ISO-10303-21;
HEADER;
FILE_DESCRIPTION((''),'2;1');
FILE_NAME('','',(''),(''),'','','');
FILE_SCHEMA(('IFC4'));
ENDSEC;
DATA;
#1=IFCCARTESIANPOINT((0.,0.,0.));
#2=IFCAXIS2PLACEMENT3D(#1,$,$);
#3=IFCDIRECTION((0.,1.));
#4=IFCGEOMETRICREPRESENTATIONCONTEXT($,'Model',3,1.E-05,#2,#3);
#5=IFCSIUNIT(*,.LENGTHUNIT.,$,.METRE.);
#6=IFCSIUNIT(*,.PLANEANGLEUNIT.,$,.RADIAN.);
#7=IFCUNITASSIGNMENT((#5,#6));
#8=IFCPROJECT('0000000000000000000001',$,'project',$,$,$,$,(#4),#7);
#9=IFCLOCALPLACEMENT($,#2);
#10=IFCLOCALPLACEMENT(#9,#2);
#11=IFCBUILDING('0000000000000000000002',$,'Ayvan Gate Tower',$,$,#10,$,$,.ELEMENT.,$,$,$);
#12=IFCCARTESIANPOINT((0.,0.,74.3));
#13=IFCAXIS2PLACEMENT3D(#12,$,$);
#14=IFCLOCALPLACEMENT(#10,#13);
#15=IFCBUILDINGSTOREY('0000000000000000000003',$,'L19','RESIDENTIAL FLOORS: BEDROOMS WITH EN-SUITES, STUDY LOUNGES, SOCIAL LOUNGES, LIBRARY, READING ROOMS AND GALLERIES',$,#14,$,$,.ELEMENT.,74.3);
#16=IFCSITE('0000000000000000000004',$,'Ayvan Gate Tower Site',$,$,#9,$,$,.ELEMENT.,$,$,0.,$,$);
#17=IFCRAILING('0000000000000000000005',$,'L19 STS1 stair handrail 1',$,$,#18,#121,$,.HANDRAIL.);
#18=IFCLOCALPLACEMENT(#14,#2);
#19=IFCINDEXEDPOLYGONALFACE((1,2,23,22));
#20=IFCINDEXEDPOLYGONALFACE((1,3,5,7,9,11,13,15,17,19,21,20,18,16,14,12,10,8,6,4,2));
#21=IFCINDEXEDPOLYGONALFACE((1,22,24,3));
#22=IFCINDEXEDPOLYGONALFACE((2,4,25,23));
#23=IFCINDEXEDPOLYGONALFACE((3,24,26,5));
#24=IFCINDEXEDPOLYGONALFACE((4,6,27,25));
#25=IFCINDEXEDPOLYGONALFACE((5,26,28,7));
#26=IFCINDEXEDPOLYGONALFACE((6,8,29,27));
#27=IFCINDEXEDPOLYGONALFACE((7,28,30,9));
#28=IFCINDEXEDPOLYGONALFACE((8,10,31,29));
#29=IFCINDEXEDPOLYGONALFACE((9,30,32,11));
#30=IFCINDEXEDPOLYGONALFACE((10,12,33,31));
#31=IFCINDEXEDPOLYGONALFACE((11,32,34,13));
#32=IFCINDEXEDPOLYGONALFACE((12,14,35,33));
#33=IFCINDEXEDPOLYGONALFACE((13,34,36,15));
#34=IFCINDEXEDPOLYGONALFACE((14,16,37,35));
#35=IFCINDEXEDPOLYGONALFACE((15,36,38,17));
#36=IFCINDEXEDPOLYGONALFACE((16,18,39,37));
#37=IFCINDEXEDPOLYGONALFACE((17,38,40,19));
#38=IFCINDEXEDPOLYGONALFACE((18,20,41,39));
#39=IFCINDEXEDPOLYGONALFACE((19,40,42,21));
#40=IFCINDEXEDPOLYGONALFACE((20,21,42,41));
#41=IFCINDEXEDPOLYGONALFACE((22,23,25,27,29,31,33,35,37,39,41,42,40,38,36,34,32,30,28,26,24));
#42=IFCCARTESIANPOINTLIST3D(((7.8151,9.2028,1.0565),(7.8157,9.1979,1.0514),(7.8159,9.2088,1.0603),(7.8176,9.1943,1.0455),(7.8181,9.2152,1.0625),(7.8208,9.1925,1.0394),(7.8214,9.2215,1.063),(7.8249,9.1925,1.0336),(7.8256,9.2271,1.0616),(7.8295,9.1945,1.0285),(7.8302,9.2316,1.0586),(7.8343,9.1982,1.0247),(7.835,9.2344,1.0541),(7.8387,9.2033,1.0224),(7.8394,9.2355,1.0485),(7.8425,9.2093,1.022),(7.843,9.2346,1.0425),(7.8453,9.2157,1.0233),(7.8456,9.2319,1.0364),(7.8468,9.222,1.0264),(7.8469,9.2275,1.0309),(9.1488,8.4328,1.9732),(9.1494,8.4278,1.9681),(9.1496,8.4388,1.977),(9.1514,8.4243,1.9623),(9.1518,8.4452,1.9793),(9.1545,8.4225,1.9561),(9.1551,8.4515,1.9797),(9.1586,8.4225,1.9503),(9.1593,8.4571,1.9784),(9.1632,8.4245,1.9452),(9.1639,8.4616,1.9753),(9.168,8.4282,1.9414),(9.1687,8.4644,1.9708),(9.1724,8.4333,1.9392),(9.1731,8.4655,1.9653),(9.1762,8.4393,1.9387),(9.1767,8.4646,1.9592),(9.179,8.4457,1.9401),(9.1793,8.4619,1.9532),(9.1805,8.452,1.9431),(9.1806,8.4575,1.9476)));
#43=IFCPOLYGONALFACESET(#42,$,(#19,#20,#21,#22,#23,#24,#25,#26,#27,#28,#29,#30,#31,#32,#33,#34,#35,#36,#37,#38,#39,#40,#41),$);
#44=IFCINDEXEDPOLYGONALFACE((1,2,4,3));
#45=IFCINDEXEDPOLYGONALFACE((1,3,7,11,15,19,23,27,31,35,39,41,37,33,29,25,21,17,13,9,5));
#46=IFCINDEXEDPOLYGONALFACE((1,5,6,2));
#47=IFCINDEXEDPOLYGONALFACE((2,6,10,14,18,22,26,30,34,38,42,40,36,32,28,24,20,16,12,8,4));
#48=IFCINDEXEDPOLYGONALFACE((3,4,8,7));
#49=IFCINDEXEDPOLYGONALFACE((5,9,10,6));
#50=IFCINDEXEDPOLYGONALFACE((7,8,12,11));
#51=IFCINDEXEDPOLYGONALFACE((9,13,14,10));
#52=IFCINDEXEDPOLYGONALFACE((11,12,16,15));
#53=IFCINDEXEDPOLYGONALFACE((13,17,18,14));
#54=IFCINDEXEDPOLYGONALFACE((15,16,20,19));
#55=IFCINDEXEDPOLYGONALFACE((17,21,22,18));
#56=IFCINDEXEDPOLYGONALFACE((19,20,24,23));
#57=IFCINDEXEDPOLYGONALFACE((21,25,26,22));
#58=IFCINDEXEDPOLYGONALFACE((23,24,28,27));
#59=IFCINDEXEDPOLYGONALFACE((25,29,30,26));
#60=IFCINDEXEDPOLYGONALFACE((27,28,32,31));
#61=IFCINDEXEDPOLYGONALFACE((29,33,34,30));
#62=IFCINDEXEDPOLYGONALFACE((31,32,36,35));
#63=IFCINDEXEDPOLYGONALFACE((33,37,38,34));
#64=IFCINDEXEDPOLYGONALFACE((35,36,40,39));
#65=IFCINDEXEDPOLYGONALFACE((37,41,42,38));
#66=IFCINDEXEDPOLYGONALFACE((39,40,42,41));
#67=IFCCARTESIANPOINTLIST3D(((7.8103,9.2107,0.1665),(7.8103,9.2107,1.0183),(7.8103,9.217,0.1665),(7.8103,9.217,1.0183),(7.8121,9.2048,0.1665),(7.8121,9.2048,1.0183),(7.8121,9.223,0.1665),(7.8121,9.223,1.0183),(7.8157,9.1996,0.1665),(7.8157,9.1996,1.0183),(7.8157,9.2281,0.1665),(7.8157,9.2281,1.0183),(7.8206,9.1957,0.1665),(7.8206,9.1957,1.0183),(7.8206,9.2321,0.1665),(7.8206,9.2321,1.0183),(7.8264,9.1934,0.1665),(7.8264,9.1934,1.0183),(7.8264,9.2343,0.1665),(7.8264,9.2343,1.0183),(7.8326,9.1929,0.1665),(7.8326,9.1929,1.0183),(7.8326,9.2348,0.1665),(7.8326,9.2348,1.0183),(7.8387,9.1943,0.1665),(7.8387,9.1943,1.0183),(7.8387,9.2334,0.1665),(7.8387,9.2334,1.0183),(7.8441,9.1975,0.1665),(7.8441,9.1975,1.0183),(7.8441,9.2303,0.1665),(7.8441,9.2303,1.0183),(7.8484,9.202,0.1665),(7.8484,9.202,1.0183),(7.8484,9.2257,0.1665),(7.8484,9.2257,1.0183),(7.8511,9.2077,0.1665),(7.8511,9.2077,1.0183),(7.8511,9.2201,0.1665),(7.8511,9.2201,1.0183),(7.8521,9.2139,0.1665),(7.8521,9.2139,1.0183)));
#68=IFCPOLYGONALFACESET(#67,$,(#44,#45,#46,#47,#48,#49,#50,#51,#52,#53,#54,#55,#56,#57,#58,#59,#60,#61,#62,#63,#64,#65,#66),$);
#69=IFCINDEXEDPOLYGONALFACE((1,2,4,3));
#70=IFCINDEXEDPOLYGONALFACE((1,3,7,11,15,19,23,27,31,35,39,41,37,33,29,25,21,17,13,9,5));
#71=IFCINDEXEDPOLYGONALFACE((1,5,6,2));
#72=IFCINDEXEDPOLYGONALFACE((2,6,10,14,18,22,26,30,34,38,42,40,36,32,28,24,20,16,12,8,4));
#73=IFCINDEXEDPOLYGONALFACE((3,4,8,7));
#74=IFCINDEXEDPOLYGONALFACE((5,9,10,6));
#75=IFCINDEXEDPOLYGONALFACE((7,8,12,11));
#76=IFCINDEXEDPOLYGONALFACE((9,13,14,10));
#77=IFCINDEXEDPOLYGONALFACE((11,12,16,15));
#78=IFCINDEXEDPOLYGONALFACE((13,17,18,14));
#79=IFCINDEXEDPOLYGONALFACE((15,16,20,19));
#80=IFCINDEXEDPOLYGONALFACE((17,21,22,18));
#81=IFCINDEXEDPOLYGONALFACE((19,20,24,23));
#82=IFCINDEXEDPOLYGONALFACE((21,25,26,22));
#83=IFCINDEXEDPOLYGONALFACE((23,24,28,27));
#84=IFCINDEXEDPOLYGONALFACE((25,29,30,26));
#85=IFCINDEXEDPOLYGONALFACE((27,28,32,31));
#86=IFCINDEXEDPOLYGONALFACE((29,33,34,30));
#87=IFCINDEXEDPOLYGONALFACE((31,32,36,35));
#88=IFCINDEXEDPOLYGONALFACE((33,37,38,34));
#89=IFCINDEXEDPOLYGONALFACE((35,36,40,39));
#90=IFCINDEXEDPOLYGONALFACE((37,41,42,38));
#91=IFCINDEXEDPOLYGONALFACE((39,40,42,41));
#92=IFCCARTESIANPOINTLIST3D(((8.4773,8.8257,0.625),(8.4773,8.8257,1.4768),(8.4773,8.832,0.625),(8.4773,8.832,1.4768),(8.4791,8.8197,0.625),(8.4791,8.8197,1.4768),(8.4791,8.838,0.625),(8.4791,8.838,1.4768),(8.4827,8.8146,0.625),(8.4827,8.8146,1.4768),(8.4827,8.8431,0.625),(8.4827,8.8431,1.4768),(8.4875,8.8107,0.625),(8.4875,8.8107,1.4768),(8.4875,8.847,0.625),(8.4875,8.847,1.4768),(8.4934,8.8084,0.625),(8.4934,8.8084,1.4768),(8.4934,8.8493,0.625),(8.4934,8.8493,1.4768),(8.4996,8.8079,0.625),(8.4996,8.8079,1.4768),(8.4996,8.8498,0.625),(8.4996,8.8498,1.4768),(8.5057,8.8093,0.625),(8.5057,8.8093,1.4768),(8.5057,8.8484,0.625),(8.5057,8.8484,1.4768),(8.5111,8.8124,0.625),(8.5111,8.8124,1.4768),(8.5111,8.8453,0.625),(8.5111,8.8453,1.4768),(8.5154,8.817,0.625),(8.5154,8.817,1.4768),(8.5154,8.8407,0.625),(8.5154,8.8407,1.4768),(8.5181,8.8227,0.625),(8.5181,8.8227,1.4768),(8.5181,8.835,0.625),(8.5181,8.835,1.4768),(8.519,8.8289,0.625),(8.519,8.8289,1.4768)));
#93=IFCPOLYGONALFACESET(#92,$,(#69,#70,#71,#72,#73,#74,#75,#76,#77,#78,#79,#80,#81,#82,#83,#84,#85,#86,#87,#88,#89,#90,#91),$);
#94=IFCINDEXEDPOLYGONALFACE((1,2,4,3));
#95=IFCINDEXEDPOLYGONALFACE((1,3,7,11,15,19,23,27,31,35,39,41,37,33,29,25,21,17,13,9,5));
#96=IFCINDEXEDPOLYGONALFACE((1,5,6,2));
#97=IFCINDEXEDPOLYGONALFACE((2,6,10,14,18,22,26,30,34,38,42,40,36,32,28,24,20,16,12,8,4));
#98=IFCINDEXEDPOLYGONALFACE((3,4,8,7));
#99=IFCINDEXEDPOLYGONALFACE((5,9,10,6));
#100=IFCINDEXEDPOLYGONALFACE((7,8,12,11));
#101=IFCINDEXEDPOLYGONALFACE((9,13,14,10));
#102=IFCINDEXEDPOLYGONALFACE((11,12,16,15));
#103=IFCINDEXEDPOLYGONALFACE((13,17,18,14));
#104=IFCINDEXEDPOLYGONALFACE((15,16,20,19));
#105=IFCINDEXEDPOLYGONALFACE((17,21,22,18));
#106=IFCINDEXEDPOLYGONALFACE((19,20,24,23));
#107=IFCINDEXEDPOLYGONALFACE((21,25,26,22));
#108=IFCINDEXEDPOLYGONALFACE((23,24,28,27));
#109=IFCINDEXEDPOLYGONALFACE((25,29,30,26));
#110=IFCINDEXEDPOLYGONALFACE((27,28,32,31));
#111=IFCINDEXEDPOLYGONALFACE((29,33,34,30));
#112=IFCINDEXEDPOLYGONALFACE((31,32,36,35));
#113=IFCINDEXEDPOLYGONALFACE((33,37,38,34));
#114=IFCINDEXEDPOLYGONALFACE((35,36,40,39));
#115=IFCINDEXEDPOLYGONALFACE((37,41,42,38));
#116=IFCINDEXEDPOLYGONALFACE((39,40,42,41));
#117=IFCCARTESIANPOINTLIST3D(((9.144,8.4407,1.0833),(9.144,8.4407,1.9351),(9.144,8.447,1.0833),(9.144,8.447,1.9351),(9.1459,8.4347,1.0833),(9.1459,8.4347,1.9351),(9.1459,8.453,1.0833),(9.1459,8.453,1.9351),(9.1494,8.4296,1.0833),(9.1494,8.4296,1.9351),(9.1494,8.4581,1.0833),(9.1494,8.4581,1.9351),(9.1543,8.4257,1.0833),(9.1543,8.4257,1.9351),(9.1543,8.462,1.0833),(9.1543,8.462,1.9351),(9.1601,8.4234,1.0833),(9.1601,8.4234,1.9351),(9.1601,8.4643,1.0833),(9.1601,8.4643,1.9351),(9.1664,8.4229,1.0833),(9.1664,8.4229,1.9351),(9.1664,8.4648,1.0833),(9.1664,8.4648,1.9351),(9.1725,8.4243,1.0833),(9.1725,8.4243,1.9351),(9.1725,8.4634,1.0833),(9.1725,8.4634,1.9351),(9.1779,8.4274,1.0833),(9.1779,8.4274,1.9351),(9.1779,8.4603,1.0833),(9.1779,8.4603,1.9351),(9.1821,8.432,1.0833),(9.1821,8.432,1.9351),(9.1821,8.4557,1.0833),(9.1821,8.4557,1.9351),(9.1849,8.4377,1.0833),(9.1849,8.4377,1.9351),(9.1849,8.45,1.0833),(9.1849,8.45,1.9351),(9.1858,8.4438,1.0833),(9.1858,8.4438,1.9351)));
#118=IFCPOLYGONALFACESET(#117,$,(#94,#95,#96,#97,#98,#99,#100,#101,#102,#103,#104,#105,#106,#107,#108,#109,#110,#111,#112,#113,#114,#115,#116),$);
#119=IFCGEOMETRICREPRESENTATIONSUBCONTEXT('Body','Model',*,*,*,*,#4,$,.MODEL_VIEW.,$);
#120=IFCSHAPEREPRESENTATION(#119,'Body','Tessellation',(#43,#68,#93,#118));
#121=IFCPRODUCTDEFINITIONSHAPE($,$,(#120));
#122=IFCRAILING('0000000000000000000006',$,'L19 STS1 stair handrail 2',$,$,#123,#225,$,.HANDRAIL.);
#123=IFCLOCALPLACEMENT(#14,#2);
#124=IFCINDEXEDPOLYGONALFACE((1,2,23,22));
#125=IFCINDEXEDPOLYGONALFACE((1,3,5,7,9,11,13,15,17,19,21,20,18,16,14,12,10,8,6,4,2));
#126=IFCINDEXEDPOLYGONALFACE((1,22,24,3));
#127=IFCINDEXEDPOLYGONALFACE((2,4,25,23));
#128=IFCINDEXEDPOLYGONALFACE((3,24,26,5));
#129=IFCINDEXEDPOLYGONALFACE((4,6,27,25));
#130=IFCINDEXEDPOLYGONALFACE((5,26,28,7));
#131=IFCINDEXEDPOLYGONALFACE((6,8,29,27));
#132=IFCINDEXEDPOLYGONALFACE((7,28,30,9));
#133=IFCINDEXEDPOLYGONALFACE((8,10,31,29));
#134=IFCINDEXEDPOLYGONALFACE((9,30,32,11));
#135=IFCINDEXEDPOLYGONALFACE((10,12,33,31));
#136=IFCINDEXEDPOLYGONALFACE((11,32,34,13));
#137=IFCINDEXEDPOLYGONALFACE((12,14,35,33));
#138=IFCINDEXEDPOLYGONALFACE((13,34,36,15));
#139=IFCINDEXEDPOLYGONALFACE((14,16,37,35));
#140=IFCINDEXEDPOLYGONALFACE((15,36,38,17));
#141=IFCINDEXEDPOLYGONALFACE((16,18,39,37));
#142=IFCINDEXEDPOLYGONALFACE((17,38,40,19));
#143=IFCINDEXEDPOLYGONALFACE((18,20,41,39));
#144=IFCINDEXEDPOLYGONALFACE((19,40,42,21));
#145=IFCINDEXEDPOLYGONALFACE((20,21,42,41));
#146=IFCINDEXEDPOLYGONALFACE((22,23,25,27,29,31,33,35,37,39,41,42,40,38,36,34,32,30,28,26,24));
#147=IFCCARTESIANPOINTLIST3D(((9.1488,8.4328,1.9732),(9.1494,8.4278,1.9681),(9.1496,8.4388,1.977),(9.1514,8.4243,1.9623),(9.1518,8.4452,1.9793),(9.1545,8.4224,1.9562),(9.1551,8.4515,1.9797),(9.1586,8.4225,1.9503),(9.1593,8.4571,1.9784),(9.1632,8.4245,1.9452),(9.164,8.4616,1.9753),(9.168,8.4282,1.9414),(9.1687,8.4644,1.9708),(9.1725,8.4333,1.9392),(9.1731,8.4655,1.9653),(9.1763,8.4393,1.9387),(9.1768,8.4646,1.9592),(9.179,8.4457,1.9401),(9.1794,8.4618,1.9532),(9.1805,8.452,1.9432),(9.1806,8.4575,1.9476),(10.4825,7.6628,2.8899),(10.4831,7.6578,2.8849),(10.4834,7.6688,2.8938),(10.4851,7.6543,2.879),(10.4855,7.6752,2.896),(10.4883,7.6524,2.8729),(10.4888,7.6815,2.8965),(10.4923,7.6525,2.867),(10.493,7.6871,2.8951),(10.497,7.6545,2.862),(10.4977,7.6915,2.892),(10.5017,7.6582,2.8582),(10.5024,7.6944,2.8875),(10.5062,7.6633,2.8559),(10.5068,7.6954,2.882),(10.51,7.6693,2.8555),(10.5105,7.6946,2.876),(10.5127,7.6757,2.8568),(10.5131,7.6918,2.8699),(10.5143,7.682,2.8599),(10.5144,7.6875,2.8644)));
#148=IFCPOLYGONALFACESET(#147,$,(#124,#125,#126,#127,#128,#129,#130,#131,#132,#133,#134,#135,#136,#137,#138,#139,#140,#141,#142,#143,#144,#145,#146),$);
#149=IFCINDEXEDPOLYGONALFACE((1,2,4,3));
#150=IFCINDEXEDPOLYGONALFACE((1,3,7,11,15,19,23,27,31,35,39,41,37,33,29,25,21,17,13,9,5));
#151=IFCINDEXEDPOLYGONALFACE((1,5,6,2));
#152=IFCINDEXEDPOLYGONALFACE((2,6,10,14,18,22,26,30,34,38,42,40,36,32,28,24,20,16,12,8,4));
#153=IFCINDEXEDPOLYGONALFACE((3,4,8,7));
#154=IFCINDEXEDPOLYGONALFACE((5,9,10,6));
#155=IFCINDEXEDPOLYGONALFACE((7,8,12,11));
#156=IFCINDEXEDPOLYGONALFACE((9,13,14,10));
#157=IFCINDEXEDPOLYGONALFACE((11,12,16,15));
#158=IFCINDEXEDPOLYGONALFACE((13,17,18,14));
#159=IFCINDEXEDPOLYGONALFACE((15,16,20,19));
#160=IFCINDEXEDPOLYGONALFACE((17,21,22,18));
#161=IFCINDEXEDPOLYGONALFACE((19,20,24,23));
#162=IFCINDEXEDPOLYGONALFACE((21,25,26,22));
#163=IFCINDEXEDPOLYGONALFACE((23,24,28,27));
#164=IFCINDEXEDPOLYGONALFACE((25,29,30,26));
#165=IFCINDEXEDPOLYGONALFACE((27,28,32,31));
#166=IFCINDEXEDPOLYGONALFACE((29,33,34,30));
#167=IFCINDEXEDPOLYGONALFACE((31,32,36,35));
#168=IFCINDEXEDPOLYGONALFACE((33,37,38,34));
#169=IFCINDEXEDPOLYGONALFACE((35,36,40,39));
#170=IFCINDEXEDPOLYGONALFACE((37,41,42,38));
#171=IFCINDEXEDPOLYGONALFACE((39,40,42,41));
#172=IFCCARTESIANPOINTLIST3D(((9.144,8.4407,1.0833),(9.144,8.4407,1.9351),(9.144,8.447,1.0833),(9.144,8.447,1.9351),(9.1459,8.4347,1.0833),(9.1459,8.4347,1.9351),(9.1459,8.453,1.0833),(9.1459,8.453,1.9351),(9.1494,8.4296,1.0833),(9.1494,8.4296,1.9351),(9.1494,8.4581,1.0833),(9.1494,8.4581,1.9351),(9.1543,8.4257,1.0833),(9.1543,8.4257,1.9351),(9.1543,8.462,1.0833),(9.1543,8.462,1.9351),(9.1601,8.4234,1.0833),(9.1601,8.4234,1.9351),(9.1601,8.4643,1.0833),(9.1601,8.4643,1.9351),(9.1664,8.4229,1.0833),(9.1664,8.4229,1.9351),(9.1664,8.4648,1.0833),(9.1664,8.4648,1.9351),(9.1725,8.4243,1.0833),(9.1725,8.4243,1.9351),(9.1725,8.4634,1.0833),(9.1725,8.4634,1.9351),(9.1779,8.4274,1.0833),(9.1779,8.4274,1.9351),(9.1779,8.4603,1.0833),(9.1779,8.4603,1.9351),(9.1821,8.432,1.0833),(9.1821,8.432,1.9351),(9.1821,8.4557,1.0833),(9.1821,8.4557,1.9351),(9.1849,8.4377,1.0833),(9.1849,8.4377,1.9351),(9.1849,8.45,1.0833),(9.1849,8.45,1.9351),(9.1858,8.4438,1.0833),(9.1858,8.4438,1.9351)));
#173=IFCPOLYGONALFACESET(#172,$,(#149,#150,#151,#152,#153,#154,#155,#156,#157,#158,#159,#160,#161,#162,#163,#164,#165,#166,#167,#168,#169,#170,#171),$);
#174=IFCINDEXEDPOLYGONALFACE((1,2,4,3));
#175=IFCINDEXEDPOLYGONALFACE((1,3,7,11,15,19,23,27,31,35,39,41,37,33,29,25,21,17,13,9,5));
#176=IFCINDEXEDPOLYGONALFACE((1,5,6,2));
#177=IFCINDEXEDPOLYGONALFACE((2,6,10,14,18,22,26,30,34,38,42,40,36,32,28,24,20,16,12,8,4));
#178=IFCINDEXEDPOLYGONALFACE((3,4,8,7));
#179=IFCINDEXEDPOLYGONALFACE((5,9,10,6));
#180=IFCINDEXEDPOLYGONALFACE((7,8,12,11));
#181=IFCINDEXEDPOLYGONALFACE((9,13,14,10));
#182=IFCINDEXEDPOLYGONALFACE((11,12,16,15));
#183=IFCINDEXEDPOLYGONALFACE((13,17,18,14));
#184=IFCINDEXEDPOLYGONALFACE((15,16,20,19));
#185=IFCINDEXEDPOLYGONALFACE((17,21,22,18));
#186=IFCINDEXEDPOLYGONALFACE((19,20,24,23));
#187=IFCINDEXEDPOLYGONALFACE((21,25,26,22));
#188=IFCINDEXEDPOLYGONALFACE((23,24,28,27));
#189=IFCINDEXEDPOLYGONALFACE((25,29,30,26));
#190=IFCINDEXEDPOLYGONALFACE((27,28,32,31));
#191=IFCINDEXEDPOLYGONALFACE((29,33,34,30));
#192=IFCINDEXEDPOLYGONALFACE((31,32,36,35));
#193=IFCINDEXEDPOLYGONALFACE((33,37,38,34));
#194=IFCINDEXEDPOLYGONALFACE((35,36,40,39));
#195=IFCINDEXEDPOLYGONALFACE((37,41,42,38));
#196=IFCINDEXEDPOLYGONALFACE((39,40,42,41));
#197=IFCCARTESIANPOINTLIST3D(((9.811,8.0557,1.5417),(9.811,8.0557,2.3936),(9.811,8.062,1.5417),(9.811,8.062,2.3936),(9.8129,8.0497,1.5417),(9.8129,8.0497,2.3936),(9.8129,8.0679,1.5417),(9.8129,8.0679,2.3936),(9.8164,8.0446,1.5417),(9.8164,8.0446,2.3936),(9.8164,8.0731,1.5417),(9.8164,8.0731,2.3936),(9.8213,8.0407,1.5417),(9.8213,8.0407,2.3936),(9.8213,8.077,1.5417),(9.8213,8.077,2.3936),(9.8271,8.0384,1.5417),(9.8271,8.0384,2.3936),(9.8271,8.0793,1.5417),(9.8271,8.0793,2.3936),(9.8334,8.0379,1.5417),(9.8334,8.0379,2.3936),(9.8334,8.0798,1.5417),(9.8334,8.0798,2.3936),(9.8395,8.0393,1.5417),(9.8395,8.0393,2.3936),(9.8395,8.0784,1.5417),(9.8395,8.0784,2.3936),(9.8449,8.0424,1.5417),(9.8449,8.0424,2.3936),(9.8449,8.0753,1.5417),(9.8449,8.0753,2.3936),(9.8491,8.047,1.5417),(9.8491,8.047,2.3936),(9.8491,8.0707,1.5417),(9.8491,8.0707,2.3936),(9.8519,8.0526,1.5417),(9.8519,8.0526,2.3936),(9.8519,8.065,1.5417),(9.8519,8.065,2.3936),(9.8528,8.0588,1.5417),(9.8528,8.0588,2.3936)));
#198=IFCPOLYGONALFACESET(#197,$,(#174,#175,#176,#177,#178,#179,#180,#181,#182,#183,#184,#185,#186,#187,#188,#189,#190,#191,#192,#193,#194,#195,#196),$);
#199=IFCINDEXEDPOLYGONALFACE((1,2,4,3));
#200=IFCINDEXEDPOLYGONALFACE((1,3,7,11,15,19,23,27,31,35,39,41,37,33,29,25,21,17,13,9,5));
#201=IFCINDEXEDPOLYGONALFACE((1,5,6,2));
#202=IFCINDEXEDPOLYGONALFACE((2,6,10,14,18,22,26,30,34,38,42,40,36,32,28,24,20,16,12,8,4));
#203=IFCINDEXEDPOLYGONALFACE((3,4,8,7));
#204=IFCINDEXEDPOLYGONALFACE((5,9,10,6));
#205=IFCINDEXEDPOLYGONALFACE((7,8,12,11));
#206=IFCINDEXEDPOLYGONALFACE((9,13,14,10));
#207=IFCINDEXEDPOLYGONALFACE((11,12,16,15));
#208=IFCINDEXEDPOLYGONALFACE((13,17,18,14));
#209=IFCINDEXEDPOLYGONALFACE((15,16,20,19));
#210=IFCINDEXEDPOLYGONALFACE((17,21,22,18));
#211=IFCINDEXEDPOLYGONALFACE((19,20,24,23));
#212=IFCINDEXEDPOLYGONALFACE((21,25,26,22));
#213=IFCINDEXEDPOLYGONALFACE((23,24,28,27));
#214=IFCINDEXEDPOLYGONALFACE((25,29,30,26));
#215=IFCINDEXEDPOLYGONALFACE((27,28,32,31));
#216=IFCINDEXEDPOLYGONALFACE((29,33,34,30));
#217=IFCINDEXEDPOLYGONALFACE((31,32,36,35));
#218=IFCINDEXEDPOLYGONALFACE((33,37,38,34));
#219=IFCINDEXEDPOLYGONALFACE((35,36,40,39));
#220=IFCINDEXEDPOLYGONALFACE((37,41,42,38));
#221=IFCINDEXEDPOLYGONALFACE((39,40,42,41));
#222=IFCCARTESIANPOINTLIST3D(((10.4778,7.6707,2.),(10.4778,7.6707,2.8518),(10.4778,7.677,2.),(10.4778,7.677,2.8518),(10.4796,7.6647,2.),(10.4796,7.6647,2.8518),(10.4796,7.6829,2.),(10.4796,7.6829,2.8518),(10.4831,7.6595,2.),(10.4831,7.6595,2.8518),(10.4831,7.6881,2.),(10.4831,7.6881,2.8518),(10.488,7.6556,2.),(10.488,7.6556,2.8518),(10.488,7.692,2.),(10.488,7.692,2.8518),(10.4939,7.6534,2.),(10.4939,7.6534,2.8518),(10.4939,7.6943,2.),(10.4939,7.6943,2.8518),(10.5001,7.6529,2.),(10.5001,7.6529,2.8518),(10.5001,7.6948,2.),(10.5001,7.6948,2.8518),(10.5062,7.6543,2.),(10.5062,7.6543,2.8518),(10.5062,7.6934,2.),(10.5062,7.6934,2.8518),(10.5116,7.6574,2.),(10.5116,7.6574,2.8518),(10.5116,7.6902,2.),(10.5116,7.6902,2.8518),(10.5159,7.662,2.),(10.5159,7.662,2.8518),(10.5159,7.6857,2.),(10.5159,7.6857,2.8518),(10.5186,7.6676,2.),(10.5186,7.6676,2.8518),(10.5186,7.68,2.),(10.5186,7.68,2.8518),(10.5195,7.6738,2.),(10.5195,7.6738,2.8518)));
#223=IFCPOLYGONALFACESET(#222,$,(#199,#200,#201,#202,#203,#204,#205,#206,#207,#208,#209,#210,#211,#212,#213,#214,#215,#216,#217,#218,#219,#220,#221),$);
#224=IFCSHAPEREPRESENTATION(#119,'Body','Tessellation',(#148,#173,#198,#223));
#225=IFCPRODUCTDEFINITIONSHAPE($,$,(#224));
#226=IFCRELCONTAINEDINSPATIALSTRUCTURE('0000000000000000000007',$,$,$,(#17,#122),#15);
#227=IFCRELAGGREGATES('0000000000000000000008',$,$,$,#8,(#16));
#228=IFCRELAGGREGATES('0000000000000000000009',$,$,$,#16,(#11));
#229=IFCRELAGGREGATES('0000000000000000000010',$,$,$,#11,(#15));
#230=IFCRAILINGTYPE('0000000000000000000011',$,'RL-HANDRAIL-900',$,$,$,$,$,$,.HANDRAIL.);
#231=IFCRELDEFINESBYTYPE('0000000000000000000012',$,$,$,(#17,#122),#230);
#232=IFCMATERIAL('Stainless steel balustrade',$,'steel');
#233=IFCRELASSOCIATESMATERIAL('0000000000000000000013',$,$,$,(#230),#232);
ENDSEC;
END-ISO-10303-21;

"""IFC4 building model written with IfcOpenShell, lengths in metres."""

from ifc_helpers import new_model, si_unit, direction, frame, origin, origin_2d, place, context, subcontext, project, spatial, circle, extrude, material, type_object, element, save


model = new_model("IFC4")

# Units and contexts
model_context = context("Model", 3, precision=1e-05, world=origin(), true_north=direction((0.0, 1.0)))
body_context = subcontext(model_context, "Body", "Model", "MODEL_VIEW")
ifc_project = project(units=[si_unit("LENGTHUNIT", "METRE"), si_unit("PLANEANGLEUNIT", "RADIAN")], contexts=[model_context])

# Site, building, storey
site_placement = place(None, origin())
site = spatial("IfcSite", under=ifc_project, at=site_placement, Name="Ayvan Gate Tower Site", CompositionType="ELEMENT", RefElevation=0.0)
building_placement = place(site_placement, origin())
building = spatial("IfcBuilding", under=site, at=building_placement, Name="Ayvan Gate Tower", CompositionType="ELEMENT")
storey_placement = place(building_placement, frame((0.0, 0.0, 74.3)))
storey = spatial("IfcBuildingStorey", under=building, at=storey_placement, Name="L19", Description="RESIDENTIAL FLOORS: BEDROOMS WITH EN-SUITES, STUDY LOUNGES, SOCIAL LOUNGES, LIBRARY, READING ROOMS AND GALLERIES", CompositionType="ELEMENT", Elevation=74.3)

# Railings
ifc_material_1 = material(Name="Stainless steel balustrade", Category="steel")
railing_type_1 = type_object("IfcRailingType", Name="RL-HANDRAIL-900", PredefinedType="HANDRAIL", material=ifc_material_1)
for number, where, name in (
    (1, (7.8311, 9.2139, 0.1665), "L19 STS1 stair handrail 1"),
    (2, (9.1648, 8.4438, 1.0833), "L19 STS1 stair handrail 2"),
):
    element("IfcRailing", number, at=place(storey_placement, frame(where)), inside=storey, type_object=railing_type_1, Name=name, PredefinedType="HANDRAIL", context=body_context, shape_type="SweptSolid", body=[
        extrude(circle(Radius=0.0239, at=origin_2d()), frame((0.0, 0.0, 0.876), z_axis=(0.744164, -0.429634, 0.511502), x_axis=(0.499992, 0.86603, 0.0)), (0.0, 0.0, 1.0), 1.7922),
        extrude(circle(Radius=0.021, at=origin_2d()), origin(), (0.0, 0.0, 1.0), 0.8518),
        extrude(circle(Radius=0.021, at=origin_2d()), frame((0.667, -0.385, 0.4585)), (0.0, 0.0, 1.0), 0.8518),
        extrude(circle(Radius=0.021, at=origin_2d()), frame((1.3337, -0.77, 0.9167)), (0.0, 0.0, 1.0), 0.8518),
    ])

save(model, "model.ifc")
